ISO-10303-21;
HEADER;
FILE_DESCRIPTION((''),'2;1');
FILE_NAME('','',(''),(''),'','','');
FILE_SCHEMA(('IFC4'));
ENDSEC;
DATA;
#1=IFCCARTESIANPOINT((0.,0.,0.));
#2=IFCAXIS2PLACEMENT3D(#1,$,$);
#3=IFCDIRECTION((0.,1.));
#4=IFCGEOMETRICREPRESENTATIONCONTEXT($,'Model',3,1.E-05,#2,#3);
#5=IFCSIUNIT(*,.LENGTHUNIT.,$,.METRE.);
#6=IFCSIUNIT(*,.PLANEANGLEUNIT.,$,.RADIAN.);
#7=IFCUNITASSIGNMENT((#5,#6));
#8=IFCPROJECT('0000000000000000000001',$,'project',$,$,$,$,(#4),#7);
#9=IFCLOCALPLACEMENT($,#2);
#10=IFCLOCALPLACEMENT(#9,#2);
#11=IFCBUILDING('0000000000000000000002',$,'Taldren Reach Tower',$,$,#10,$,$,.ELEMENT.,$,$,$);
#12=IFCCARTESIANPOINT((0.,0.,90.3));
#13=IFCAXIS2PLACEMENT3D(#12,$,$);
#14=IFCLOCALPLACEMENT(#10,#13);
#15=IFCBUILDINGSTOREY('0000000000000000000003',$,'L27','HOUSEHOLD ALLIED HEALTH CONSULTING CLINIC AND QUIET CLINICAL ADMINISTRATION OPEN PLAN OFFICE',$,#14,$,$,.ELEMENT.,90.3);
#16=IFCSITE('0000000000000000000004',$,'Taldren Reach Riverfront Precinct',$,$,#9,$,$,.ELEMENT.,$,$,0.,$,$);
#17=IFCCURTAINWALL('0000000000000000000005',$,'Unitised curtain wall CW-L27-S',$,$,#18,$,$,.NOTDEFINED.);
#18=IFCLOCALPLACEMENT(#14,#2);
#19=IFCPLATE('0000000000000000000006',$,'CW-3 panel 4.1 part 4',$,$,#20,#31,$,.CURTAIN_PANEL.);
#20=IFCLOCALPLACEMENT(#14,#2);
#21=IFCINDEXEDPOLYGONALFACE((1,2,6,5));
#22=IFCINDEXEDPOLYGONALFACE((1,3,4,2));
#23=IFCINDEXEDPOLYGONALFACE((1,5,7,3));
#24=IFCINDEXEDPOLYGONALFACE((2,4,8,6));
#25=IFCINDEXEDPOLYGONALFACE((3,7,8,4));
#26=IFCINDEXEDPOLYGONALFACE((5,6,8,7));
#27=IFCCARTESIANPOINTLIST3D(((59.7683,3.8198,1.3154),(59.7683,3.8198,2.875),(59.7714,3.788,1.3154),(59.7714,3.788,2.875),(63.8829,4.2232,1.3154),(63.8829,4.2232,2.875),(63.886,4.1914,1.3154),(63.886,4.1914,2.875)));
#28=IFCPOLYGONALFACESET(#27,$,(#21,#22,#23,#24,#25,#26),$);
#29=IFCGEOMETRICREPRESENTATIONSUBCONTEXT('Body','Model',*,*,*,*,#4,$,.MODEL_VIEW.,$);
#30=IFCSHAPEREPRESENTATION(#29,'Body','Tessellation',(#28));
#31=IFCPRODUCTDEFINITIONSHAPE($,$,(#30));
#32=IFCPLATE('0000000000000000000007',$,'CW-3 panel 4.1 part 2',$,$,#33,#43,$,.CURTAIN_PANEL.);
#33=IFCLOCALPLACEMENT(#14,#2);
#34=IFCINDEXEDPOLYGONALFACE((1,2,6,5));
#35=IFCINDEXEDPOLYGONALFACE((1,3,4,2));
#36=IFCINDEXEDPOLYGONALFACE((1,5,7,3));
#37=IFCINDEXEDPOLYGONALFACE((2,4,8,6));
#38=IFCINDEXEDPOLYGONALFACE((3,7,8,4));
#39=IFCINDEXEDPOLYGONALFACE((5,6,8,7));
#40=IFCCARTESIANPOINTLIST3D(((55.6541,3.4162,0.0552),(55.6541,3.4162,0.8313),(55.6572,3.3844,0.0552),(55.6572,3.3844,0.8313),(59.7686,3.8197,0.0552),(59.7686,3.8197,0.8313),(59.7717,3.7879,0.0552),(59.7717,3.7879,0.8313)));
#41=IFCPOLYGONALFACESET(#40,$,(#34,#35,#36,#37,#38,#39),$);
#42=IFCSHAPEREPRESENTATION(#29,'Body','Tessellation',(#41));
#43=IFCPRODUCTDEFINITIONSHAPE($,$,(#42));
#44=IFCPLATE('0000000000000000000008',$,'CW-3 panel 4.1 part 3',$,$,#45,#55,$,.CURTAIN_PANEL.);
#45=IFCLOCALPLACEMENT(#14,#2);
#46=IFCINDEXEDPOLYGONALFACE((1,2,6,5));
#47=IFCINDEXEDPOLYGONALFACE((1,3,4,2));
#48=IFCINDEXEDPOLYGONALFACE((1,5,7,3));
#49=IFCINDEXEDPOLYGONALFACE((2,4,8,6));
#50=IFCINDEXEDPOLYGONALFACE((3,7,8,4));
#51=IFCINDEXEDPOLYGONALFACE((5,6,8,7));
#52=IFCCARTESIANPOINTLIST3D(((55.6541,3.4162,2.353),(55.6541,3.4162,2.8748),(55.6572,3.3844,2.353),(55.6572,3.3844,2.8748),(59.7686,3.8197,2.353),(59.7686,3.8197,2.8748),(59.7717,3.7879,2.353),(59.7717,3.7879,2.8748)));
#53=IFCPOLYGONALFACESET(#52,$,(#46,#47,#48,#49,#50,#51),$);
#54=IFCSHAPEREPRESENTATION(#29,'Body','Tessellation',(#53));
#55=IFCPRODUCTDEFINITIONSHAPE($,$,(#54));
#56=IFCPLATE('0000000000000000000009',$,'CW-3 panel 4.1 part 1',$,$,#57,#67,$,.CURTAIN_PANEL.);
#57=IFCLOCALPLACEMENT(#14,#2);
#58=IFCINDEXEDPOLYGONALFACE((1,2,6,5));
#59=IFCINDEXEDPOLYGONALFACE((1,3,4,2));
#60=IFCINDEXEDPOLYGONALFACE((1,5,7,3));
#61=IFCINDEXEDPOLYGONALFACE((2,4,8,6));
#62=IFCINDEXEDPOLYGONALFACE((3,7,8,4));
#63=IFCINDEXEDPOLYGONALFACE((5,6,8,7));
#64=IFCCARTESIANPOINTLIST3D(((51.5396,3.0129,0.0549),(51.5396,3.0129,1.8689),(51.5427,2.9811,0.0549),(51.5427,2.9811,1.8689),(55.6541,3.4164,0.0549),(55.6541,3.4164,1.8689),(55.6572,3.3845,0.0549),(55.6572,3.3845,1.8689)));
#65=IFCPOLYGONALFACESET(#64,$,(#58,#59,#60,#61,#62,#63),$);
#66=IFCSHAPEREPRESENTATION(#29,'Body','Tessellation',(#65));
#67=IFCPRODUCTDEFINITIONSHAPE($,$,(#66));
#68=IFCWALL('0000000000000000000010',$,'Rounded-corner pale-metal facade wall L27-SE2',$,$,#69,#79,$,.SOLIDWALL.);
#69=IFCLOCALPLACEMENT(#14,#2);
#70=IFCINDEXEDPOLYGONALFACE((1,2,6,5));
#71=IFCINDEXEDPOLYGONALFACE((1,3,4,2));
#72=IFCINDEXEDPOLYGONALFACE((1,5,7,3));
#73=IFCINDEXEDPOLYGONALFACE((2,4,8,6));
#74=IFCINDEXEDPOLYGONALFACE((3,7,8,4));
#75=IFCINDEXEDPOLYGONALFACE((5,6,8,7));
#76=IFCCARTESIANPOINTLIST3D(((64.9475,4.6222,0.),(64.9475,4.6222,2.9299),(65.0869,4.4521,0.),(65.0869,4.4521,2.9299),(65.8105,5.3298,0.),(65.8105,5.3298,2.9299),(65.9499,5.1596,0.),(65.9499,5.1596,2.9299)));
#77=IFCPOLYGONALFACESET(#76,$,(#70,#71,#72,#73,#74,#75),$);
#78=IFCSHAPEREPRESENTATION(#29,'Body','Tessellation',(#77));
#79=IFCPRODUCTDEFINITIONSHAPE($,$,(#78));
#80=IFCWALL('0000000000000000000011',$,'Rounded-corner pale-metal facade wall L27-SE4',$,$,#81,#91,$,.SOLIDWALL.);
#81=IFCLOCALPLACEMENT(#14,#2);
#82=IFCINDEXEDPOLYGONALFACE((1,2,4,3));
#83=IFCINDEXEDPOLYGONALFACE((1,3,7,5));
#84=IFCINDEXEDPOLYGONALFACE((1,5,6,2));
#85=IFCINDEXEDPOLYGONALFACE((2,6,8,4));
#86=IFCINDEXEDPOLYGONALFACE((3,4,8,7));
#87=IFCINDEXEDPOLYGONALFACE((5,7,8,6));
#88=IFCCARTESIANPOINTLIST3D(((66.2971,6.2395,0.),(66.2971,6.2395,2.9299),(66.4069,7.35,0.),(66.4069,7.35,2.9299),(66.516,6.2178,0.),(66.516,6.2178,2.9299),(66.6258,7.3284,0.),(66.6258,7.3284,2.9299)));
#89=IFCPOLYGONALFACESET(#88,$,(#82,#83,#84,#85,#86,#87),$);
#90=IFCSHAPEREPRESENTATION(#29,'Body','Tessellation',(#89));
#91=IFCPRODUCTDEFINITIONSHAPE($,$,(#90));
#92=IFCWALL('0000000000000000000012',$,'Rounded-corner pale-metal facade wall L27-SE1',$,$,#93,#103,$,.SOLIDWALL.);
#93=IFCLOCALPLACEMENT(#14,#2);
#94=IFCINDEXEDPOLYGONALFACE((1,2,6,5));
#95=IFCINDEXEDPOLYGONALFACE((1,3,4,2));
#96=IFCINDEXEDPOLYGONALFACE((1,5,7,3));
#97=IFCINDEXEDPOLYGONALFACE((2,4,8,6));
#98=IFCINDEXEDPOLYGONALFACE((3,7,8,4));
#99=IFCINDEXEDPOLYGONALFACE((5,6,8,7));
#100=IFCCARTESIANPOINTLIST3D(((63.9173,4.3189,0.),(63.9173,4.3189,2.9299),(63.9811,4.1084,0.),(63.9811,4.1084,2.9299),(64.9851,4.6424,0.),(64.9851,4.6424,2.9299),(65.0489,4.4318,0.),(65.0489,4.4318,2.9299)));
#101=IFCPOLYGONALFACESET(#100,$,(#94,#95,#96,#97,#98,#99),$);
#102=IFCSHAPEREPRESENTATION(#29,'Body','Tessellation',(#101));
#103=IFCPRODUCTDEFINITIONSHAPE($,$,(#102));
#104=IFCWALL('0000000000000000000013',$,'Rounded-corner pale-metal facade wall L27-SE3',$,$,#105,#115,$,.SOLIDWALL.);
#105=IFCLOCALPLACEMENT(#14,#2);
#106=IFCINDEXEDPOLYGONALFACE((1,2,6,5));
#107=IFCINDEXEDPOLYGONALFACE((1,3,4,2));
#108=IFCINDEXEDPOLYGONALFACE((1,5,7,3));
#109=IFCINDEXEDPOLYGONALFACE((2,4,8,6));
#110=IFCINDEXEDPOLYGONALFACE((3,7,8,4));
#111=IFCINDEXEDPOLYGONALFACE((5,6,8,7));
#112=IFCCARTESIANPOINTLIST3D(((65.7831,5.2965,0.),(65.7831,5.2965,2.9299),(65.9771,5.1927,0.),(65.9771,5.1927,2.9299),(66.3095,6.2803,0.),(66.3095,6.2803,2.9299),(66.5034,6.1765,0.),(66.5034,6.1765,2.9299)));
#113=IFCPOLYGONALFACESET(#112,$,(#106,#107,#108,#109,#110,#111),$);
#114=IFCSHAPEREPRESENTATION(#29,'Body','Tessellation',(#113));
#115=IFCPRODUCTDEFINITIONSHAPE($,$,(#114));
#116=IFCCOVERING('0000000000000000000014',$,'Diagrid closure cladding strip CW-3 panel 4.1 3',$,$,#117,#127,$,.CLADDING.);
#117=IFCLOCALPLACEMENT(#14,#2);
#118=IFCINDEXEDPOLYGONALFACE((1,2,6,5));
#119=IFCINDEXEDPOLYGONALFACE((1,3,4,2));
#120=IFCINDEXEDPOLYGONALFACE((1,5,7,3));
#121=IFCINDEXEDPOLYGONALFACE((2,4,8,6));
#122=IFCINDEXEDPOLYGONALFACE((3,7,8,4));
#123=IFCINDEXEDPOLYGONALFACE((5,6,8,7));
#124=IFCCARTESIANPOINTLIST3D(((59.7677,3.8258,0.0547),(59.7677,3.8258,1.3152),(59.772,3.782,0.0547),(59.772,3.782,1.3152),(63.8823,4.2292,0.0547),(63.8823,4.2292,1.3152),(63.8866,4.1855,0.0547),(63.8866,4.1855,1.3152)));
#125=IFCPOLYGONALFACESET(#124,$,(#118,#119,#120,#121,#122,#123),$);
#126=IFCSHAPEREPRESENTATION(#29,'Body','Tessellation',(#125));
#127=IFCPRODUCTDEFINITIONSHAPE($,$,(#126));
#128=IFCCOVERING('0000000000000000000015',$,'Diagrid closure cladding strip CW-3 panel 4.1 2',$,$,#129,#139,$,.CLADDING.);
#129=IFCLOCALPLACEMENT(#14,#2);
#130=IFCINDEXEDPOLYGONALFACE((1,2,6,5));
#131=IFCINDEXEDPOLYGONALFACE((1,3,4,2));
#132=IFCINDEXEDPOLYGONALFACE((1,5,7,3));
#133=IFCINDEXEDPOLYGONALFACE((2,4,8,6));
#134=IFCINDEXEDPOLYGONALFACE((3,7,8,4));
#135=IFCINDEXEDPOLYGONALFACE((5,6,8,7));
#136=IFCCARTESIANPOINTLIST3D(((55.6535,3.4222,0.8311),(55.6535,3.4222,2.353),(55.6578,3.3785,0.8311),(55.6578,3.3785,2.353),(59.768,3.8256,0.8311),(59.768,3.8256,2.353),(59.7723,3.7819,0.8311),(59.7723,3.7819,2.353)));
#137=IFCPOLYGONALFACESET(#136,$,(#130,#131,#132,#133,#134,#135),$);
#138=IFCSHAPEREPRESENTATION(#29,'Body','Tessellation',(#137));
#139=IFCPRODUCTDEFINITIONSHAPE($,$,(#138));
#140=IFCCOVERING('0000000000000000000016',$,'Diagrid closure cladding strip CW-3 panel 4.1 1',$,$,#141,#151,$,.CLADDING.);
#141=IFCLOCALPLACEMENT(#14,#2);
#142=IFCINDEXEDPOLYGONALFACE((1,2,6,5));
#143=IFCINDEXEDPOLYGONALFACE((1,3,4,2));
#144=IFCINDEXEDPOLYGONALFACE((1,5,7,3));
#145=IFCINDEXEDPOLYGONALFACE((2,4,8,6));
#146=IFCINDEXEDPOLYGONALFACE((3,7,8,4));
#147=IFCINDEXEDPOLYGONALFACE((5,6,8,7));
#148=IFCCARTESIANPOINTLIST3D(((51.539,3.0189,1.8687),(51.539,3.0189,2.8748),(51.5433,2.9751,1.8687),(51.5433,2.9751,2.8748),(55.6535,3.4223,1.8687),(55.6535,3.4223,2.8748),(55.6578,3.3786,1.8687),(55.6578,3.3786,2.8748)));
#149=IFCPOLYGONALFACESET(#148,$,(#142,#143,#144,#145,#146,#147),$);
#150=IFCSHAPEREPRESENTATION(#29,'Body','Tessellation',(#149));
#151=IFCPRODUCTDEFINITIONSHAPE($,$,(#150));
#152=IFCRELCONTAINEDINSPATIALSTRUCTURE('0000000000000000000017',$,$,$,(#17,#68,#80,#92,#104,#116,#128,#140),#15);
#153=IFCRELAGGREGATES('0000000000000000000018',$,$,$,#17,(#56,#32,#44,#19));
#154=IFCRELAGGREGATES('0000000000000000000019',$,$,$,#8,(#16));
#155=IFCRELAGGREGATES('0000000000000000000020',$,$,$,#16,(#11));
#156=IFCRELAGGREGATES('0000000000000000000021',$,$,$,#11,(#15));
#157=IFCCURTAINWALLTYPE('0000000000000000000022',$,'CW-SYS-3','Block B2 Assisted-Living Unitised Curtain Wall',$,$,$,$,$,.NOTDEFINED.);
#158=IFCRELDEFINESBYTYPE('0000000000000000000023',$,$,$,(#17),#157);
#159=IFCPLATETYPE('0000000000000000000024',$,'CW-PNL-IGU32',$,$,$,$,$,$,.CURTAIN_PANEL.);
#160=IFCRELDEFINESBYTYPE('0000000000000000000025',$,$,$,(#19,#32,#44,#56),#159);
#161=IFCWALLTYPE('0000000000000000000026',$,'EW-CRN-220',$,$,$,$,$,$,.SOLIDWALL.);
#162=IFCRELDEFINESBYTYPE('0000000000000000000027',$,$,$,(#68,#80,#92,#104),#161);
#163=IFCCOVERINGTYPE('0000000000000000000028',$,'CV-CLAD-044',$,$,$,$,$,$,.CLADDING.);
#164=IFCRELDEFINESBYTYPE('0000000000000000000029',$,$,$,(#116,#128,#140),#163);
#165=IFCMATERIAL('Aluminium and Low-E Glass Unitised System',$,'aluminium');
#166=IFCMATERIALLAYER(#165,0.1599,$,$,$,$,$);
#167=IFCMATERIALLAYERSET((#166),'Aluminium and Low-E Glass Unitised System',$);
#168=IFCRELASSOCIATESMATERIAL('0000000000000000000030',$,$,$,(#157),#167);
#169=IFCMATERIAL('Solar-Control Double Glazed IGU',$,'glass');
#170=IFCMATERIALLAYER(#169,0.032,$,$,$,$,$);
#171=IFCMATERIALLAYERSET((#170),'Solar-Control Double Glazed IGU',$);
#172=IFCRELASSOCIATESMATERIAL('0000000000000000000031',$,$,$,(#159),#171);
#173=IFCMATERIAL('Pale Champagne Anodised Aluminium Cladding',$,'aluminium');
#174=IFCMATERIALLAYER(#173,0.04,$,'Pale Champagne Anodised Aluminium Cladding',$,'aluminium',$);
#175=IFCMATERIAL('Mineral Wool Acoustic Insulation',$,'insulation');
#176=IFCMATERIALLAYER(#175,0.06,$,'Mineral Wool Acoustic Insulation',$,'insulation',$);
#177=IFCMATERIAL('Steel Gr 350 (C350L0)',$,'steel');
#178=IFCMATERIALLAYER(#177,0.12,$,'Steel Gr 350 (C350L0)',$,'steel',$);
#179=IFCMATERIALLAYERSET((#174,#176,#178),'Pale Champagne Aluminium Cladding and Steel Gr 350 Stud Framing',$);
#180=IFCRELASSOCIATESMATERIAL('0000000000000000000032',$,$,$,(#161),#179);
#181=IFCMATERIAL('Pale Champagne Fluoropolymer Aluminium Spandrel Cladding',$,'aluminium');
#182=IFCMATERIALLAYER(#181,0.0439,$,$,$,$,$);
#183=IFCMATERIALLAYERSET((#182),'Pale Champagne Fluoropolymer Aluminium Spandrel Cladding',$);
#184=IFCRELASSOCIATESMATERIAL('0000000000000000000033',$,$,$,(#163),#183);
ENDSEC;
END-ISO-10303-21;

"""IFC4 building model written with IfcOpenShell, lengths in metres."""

from ifc_helpers import new_model, si_unit, direction, frame, frame_2d, origin, origin_2d, place, context, subcontext, project, spatial, rectangle, extrude, source, transform, mapped, material, layer, layer_set, type_object, element, aggregate, save


model = new_model("IFC4")

# Units and contexts
model_context = context("Model", 3, precision=1e-05, world=origin(), true_north=direction((0.0, 1.0)))
body_context = subcontext(model_context, "Body", "Model", "MODEL_VIEW")
ifc_project = project(units=[si_unit("LENGTHUNIT", "METRE"), si_unit("PLANEANGLEUNIT", "RADIAN")], contexts=[model_context])

# Site, building, storey
site_placement = place(None, origin())
site = spatial("IfcSite", under=ifc_project, at=site_placement, Name="Taldren Reach Riverfront Precinct", CompositionType="ELEMENT", RefElevation=0.0)
building_placement = place(site_placement, origin())
building = spatial("IfcBuilding", under=site, at=building_placement, Name="Taldren Reach Tower", CompositionType="ELEMENT")
storey_placement = place(building_placement, frame((0.0, 0.0, 90.3)))
storey = spatial("IfcBuildingStorey", under=building, at=storey_placement, Name="L27", Description="HOUSEHOLD ALLIED HEALTH CONSULTING CLINIC AND QUIET CLINICAL ADMINISTRATION OPEN PLAN OFFICE", CompositionType="ELEMENT", Elevation=90.3)

# Shared definitions
ifc_material_1 = material(Name="Steel Gr 350 (C350L0)", Category="steel")

# Curtain wall
ifc_material_2 = material(Name="Aluminium and Low-E Glass Unitised System", Category="aluminium")
ifc_layer_1 = layer(ifc_material_2, 0.1599)
ifc_layer_set_1 = layer_set([ifc_layer_1], Name="Aluminium and Low-E Glass Unitised System")
curtain_wall_type = type_object("IfcCurtainWallType", Name="CW-SYS-3", Description="Block B2 Assisted-Living Unitised Curtain Wall", PredefinedType="NOTDEFINED", material=ifc_layer_set_1)
curtain_wall_1_placement = place(storey_placement, origin())
curtain_wall_1 = element("IfcCurtainWall", 1, at=curtain_wall_1_placement, inside=storey, type_object=curtain_wall_type, Name="Unitised curtain wall CW-L27-S", PredefinedType="NOTDEFINED")

# Plates
ifc_material_3 = material(Name="Solar-Control Double Glazed IGU", Category="glass")
ifc_layer_2 = layer(ifc_material_3, 0.032)
ifc_layer_set_2 = layer_set([ifc_layer_2], Name="Solar-Control Double Glazed IGU")
plate_type_1 = type_object("IfcPlateType", Name="CW-PNL-IGU32", PredefinedType="CURTAIN_PANEL", material=ifc_layer_set_2)
shared_shape_1 = source(origin(), body_context, "Body", "SweptSolid", [
    extrude(rectangle(XDim=4.1343, YDim=0.032, at=origin_2d()), origin(), (0.0, 0.0, 1.0), 1.5596),
])
plate_1_placement = place(storey_placement, frame((61.8271, 4.0056, 1.3154), z_axis=(0.0, 0.0, 1.0), x_axis=(0.995227, 0.097583, 0.0)))
plate_1 = element("IfcPlate", 2, at=plate_1_placement, type_object=plate_type_1, Name="CW-3 panel 4.1 part 4", PredefinedType="CURTAIN_PANEL", context=body_context, shape_type="MappedRepresentation", body=[
    mapped(shared_shape_1, transform((0.0, 0.0, 0.0), scale=1.0)),
])
shared_shape_2 = source(origin(), body_context, "Body", "SweptSolid", [
    extrude(rectangle(XDim=4.1343, YDim=0.032, at=origin_2d()), origin(), (0.0, 0.0, 1.0), 0.7761),
])
plate_2_placement = place(storey_placement, frame((57.7129, 3.6021, 0.0552), z_axis=(0.0, 0.0, 1.0), x_axis=(0.995227, 0.097583, 0.0)))
plate_2 = element("IfcPlate", 3, at=plate_2_placement, type_object=plate_type_1, Name="CW-3 panel 4.1 part 2", PredefinedType="CURTAIN_PANEL", context=body_context, shape_type="MappedRepresentation", body=[
    mapped(shared_shape_2, transform((0.0, 0.0, 0.0), scale=1.0)),
])
shared_shape_3 = source(origin(), body_context, "Body", "SweptSolid", [
    extrude(rectangle(XDim=4.1343, YDim=0.032, at=origin_2d()), origin(), (0.0, 0.0, 1.0), 0.5217),
])
plate_3_placement = place(storey_placement, frame((57.7129, 3.6021, 2.353), z_axis=(0.0, 0.0, 1.0), x_axis=(0.995227, 0.097583, 0.0)))
plate_3 = element("IfcPlate", 4, at=plate_3_placement, type_object=plate_type_1, Name="CW-3 panel 4.1 part 3", PredefinedType="CURTAIN_PANEL", context=body_context, shape_type="MappedRepresentation", body=[
    mapped(shared_shape_3, transform((0.0, 0.0, 0.0), scale=1.0)),
])
shared_shape_4 = source(origin(), body_context, "Body", "SweptSolid", [
    extrude(rectangle(XDim=4.1343, YDim=0.032, at=origin_2d()), origin(), (0.0, 0.0, 1.0), 1.814),
])
plate_4_placement = place(storey_placement, frame((53.5984, 3.1987, 0.0549), z_axis=(0.0, 0.0, 1.0), x_axis=(0.995227, 0.097583, 0.0)))
plate_4 = element("IfcPlate", 5, at=plate_4_placement, type_object=plate_type_1, Name="CW-3 panel 4.1 part 1", PredefinedType="CURTAIN_PANEL", context=body_context, shape_type="MappedRepresentation", body=[
    mapped(shared_shape_4, transform((0.0, 0.0, 0.0), scale=1.0)),
])
aggregate(curtain_wall_1, [plate_4, plate_2, plate_3, plate_1])

# Walls
ifc_material_4 = material(Name="Pale Champagne Anodised Aluminium Cladding", Category="aluminium")
ifc_layer_3 = layer(ifc_material_4, 0.04, Name="Pale Champagne Anodised Aluminium Cladding", Category="aluminium")
ifc_material_5 = material(Name="Mineral Wool Acoustic Insulation", Category="insulation")
ifc_layer_4 = layer(ifc_material_5, 0.06, Name="Mineral Wool Acoustic Insulation", Category="insulation")
ifc_layer_5 = layer(ifc_material_1, 0.12, Name="Steel Gr 350 (C350L0)", Category="steel")
ifc_layer_set_3 = layer_set([ifc_layer_3, ifc_layer_4, ifc_layer_5], Name="Pale Champagne Aluminium Cladding and Steel Gr 350 Stud Framing")
wall_type = type_object("IfcWallType", Name="EW-CRN-220", PredefinedType="SOLIDWALL", material=ifc_layer_set_3)
shared_shape_5 = source(origin(), body_context, "Body", "SweptSolid", [
    extrude(rectangle(XDim=1.116, YDim=0.22, at=frame_2d((0.5581, 0.0))), origin(), (0.0, 0.0, 1.0), 2.9299),
])
for number, where, z_axis, x_axis, name in (
    (6, (65.0171, 4.5371, 0.0), (0.0, 0.0, 1.0), (0.773343, 0.633988, 0.0), "Rounded-corner pale-metal facade wall L27-SE2"),
    (7, (66.4065, 6.2285, 0.0), (0.0, 0.0, 1.0), (0.098442, 0.995143, 0.0), "Rounded-corner pale-metal facade wall L27-SE4"),
):
    element("IfcWall", number, at=place(storey_placement, frame(where, z_axis=z_axis, x_axis=x_axis)), inside=storey, type_object=wall_type, Name=name, PredefinedType="SOLIDWALL", context=body_context, shape_type="MappedRepresentation", body=[
        mapped(shared_shape_5, transform((0.0, 0.0, 0.0), scale=1.0)),
    ])
shared_shape_6 = source(origin(), body_context, "Body", "SweptSolid", [
    extrude(rectangle(XDim=1.1157, YDim=0.22, at=frame_2d((0.5579, 0.0))), origin(), (0.0, 0.0, 1.0), 2.9299),
])
for number, where, z_axis, x_axis, name in (
    (8, (63.9492, 4.2136, 0.0), (0.0, 0.0, 1.0), (0.957052, 0.289916, 0.0), "Rounded-corner pale-metal facade wall L27-SE1"),
    (9, (65.8801, 5.2446, 0.0), (0.0, 0.0, 1.0), (0.471723, 0.881747, 0.0), "Rounded-corner pale-metal facade wall L27-SE3"),
):
    element("IfcWall", number, at=place(storey_placement, frame(where, z_axis=z_axis, x_axis=x_axis)), inside=storey, type_object=wall_type, Name=name, PredefinedType="SOLIDWALL", context=body_context, shape_type="MappedRepresentation", body=[
        mapped(shared_shape_6, transform((0.0, 0.0, 0.0), scale=1.0)),
    ])

# Coverings
ifc_material_6 = material(Name="Pale Champagne Fluoropolymer Aluminium Spandrel Cladding", Category="aluminium")
ifc_layer_6 = layer(ifc_material_6, 0.0439)
ifc_layer_set_4 = layer_set([ifc_layer_6], Name="Pale Champagne Fluoropolymer Aluminium Spandrel Cladding")
covering_type = type_object("IfcCoveringType", Name="CV-CLAD-044", PredefinedType="CLADDING", material=ifc_layer_set_4)
shared_shape_7 = source(origin(), body_context, "Body", "SweptSolid", [
    extrude(rectangle(XDim=4.1343, YDim=0.0439, at=origin_2d()), origin(), (0.0, 0.0, 1.0), 1.2605),
])
covering_1_placement = place(storey_placement, frame((61.8271, 4.0056, 0.0547), z_axis=(0.0, 0.0, 1.0), x_axis=(0.995227, 0.097583, 0.0)))
element("IfcCovering", 10, at=covering_1_placement, inside=storey, type_object=covering_type, Name="Diagrid closure cladding strip CW-3 panel 4.1 3", PredefinedType="CLADDING", context=body_context, shape_type="MappedRepresentation", body=[
    mapped(shared_shape_7, transform((0.0, 0.0, 0.0), scale=1.0)),
])
shared_shape_8 = source(origin(), body_context, "Body", "SweptSolid", [
    extrude(rectangle(XDim=4.1343, YDim=0.0439, at=origin_2d()), origin(), (0.0, 0.0, 1.0), 1.522),
])
covering_2_placement = place(storey_placement, frame((57.7129, 3.6021, 0.8311), z_axis=(0.0, 0.0, 1.0), x_axis=(0.995227, 0.097583, 0.0)))
element("IfcCovering", 11, at=covering_2_placement, inside=storey, type_object=covering_type, Name="Diagrid closure cladding strip CW-3 panel 4.1 2", PredefinedType="CLADDING", context=body_context, shape_type="MappedRepresentation", body=[
    mapped(shared_shape_8, transform((0.0, 0.0, 0.0), scale=1.0)),
])
shared_shape_9 = source(origin(), body_context, "Body", "SweptSolid", [
    extrude(rectangle(XDim=4.1343, YDim=0.0439, at=origin_2d()), origin(), (0.0, 0.0, 1.0), 1.0061),
])
covering_3_placement = place(storey_placement, frame((53.5984, 3.1987, 1.8687), z_axis=(0.0, 0.0, 1.0), x_axis=(0.995227, 0.097583, 0.0)))
element("IfcCovering", 12, at=covering_3_placement, inside=storey, type_object=covering_type, Name="Diagrid closure cladding strip CW-3 panel 4.1 1", PredefinedType="CLADDING", context=body_context, shape_type="MappedRepresentation", body=[
    mapped(shared_shape_9, transform((0.0, 0.0, 0.0), scale=1.0)),
])

save(model, "model.ifc")
